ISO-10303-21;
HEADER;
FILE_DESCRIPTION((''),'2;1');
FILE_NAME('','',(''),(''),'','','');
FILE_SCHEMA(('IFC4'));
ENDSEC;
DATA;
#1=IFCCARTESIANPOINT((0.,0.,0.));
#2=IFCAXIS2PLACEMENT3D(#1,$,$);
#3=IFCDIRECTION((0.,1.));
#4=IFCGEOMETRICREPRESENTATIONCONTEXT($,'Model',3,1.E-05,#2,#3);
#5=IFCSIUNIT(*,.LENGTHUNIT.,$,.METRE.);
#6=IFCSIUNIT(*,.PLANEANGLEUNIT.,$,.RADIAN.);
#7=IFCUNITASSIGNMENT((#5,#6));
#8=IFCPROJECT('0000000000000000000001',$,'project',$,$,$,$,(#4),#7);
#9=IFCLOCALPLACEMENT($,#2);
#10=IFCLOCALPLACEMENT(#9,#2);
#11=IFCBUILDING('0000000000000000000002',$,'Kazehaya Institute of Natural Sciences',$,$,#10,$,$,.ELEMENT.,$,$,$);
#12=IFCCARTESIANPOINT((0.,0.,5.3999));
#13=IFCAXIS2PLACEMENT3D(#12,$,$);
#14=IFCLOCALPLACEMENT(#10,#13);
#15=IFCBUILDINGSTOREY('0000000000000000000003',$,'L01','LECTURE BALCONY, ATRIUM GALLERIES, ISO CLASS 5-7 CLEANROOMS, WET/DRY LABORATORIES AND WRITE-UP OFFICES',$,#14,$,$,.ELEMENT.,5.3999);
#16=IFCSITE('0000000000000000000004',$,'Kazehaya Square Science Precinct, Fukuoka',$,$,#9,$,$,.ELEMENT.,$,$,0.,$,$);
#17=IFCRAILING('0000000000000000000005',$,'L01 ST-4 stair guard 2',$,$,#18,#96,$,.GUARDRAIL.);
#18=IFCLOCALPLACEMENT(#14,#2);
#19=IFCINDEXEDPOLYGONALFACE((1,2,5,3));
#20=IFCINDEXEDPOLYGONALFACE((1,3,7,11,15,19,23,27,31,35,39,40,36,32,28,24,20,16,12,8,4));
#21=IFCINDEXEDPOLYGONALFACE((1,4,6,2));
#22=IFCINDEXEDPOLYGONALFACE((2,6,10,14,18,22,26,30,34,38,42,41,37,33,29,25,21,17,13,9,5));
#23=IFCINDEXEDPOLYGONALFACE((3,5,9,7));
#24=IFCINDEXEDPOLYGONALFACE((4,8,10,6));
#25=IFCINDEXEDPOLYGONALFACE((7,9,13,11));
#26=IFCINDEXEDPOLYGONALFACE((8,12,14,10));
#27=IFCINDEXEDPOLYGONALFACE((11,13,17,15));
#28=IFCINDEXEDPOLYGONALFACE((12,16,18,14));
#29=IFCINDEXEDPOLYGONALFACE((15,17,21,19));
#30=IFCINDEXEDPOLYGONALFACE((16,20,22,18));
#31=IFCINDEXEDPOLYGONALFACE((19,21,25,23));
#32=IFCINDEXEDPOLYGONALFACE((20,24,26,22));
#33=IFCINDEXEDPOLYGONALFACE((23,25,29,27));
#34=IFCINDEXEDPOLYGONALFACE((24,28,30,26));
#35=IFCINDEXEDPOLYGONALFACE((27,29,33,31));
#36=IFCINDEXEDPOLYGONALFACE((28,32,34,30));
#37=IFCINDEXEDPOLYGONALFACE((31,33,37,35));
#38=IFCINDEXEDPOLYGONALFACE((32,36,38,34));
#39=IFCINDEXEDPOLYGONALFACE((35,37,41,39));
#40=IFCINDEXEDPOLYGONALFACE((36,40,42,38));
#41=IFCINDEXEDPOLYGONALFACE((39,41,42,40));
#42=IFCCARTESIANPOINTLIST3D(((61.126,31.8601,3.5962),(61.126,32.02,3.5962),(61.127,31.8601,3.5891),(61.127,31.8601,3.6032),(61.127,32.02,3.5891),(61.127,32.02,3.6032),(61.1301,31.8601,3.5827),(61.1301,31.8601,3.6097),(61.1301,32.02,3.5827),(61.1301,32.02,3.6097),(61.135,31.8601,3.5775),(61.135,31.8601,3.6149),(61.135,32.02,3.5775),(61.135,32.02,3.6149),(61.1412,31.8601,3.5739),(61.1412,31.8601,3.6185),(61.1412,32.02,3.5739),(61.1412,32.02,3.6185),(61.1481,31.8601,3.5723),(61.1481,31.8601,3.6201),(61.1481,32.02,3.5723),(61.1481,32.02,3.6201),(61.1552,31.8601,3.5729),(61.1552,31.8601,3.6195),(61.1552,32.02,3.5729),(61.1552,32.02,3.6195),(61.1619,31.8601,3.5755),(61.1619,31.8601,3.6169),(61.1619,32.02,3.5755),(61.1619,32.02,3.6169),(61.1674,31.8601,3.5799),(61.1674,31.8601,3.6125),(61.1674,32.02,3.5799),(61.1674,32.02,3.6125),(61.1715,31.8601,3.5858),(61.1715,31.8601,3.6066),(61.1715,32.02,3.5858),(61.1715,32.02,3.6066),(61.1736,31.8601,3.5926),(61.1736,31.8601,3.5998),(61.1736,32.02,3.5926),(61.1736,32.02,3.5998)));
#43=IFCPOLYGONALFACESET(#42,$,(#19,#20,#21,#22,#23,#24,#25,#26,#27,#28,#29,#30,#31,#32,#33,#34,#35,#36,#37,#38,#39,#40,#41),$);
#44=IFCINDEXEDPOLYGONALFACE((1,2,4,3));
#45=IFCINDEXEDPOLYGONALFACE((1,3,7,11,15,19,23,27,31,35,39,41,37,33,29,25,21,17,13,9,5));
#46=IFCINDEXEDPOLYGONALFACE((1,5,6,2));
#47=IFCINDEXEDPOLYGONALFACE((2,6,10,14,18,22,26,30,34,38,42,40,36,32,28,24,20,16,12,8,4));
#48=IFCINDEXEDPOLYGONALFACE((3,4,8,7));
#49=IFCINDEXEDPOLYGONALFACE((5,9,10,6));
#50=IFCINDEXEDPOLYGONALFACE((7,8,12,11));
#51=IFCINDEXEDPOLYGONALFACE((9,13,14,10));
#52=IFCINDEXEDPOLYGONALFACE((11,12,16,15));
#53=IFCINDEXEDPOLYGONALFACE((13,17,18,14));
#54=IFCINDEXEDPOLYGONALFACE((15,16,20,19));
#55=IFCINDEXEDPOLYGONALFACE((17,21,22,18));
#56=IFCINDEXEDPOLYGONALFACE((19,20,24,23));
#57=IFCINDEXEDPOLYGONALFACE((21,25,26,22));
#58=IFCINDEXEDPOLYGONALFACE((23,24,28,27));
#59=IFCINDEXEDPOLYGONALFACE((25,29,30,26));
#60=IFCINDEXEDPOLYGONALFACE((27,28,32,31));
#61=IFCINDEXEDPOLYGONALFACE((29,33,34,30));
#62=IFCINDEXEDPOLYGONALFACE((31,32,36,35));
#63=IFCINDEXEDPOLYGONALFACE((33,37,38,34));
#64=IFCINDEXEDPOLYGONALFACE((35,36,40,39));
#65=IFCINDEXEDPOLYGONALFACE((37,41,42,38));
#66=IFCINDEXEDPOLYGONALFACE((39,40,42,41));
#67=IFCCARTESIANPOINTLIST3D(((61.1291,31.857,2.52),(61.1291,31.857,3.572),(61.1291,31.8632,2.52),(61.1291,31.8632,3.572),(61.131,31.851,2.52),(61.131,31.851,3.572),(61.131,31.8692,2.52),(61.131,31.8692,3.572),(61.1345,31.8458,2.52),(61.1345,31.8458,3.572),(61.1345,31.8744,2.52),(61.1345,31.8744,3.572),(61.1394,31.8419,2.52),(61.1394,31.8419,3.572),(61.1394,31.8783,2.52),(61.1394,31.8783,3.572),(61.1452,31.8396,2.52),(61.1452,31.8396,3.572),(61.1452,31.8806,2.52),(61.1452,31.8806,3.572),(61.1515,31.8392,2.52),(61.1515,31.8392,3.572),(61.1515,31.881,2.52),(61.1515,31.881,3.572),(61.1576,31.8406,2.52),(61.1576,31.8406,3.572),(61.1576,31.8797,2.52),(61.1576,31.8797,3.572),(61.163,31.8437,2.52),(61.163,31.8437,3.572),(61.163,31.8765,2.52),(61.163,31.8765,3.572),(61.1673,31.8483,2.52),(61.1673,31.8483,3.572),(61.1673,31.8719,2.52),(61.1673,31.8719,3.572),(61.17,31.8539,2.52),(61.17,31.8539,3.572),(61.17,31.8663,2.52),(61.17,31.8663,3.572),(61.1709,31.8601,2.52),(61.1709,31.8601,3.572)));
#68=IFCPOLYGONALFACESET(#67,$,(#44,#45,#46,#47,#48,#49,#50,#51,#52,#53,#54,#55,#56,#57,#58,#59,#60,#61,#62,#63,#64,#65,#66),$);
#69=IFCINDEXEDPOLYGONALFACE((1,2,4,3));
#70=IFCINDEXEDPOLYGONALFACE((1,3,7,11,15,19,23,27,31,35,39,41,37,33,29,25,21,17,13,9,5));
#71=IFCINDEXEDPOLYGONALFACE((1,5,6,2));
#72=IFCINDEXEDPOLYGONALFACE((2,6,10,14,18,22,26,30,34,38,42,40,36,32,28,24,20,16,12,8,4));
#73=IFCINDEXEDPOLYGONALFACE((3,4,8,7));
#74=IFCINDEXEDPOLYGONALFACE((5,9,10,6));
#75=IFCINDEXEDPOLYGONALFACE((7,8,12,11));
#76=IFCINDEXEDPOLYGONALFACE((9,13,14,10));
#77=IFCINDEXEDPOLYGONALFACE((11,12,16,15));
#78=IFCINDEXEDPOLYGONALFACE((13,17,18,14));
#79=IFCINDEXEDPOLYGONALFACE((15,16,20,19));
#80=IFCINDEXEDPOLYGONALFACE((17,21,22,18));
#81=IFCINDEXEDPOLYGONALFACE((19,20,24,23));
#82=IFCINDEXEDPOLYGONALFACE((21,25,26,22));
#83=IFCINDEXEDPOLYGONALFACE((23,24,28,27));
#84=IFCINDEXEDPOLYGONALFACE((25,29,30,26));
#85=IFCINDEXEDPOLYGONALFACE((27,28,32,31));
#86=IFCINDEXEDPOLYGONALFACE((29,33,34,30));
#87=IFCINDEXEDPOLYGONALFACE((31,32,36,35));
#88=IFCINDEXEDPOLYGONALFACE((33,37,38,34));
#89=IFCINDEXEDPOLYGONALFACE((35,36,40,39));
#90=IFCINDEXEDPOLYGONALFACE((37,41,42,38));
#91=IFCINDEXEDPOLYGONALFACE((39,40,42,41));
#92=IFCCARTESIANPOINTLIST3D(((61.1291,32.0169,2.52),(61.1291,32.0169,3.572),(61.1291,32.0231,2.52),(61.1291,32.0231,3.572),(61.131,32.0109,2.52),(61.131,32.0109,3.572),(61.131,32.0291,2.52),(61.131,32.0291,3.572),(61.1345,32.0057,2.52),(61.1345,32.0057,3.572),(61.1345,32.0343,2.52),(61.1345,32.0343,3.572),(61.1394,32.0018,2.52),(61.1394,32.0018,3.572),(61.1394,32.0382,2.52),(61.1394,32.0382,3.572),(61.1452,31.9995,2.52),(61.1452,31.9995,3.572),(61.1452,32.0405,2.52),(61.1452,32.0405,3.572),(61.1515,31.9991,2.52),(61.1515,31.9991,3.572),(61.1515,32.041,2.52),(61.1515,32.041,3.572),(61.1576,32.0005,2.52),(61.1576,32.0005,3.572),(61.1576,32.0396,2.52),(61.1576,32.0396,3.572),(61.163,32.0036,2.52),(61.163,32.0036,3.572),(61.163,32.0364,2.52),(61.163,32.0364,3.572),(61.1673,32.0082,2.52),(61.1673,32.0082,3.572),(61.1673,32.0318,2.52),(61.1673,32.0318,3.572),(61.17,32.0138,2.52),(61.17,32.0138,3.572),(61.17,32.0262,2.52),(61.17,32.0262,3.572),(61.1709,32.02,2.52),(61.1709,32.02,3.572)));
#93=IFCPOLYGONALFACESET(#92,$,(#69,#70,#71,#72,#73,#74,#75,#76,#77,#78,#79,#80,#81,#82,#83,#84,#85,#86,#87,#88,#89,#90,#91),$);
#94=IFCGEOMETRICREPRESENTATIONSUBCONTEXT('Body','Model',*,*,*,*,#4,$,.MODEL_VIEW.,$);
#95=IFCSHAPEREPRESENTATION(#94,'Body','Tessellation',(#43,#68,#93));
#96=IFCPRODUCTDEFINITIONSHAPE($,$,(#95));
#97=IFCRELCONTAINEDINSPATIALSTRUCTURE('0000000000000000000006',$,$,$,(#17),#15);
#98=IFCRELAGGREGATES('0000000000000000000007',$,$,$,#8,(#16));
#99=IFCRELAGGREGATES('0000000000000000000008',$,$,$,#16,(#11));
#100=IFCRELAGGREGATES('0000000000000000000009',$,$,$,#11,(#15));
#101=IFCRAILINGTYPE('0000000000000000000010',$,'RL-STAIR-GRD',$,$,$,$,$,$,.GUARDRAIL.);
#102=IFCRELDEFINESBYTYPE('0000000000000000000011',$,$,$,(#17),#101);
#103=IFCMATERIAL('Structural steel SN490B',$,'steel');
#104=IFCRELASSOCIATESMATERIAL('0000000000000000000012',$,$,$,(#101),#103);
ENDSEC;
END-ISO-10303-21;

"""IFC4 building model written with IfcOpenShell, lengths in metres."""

from ifc_helpers import new_model, si_unit, direction, frame, origin, origin_2d, place, context, subcontext, project, spatial, circle, extrude, material, type_object, element, save


model = new_model("IFC4")

# Units and contexts
model_context = context("Model", 3, precision=1e-05, world=origin(), true_north=direction((0.0, 1.0)))
body_context = subcontext(model_context, "Body", "Model", "MODEL_VIEW")
ifc_project = project(units=[si_unit("LENGTHUNIT", "METRE"), si_unit("PLANEANGLEUNIT", "RADIAN")], contexts=[model_context])

# Site, building, storey
site_placement = place(None, origin())
site = spatial("IfcSite", under=ifc_project, at=site_placement, Name="Kazehaya Square Science Precinct, Fukuoka", CompositionType="ELEMENT", RefElevation=0.0)
building_placement = place(site_placement, origin())
building = spatial("IfcBuilding", under=site, at=building_placement, Name="Kazehaya Institute of Natural Sciences", CompositionType="ELEMENT")
storey_placement = place(building_placement, frame((0.0, 0.0, 5.3999)))
storey = spatial("IfcBuildingStorey", under=building, at=storey_placement, Name="L01", Description="LECTURE BALCONY, ATRIUM GALLERIES, ISO CLASS 5-7 CLEANROOMS, WET/DRY LABORATORIES AND WRITE-UP OFFICES", CompositionType="ELEMENT", Elevation=5.3999)

# Railing
ifc_material_1 = material(Name="Structural steel SN490B", Category="steel")
railing_type_1 = type_object("IfcRailingType", Name="RL-STAIR-GRD", PredefinedType="GUARDRAIL", material=ifc_material_1)
railing_1_placement = place(storey_placement, frame((61.1499, 31.8601, 2.52)))
element("IfcRailing", 1, at=railing_1_placement, inside=storey, type_object=railing_type_1, Name="L01 ST-4 stair guard 2", PredefinedType="GUARDRAIL", context=body_context, shape_type="SweptSolid", body=[
    extrude(circle(Radius=0.0239, at=origin_2d()), frame((0.0, 0.0, 1.0762), z_axis=(0.0, 1.0, 0.0), x_axis=(-1.0, 0.0, 0.0)), (0.0, 0.0, 1.0), 0.1599),
    extrude(circle(Radius=0.021, at=origin_2d()), origin(), (0.0, 0.0, 1.0), 1.052),
    extrude(circle(Radius=0.021, at=origin_2d()), frame((0.0, 0.1599, 0.0)), (0.0, 0.0, 1.0), 1.052),
])

save(model, "model.ifc")
